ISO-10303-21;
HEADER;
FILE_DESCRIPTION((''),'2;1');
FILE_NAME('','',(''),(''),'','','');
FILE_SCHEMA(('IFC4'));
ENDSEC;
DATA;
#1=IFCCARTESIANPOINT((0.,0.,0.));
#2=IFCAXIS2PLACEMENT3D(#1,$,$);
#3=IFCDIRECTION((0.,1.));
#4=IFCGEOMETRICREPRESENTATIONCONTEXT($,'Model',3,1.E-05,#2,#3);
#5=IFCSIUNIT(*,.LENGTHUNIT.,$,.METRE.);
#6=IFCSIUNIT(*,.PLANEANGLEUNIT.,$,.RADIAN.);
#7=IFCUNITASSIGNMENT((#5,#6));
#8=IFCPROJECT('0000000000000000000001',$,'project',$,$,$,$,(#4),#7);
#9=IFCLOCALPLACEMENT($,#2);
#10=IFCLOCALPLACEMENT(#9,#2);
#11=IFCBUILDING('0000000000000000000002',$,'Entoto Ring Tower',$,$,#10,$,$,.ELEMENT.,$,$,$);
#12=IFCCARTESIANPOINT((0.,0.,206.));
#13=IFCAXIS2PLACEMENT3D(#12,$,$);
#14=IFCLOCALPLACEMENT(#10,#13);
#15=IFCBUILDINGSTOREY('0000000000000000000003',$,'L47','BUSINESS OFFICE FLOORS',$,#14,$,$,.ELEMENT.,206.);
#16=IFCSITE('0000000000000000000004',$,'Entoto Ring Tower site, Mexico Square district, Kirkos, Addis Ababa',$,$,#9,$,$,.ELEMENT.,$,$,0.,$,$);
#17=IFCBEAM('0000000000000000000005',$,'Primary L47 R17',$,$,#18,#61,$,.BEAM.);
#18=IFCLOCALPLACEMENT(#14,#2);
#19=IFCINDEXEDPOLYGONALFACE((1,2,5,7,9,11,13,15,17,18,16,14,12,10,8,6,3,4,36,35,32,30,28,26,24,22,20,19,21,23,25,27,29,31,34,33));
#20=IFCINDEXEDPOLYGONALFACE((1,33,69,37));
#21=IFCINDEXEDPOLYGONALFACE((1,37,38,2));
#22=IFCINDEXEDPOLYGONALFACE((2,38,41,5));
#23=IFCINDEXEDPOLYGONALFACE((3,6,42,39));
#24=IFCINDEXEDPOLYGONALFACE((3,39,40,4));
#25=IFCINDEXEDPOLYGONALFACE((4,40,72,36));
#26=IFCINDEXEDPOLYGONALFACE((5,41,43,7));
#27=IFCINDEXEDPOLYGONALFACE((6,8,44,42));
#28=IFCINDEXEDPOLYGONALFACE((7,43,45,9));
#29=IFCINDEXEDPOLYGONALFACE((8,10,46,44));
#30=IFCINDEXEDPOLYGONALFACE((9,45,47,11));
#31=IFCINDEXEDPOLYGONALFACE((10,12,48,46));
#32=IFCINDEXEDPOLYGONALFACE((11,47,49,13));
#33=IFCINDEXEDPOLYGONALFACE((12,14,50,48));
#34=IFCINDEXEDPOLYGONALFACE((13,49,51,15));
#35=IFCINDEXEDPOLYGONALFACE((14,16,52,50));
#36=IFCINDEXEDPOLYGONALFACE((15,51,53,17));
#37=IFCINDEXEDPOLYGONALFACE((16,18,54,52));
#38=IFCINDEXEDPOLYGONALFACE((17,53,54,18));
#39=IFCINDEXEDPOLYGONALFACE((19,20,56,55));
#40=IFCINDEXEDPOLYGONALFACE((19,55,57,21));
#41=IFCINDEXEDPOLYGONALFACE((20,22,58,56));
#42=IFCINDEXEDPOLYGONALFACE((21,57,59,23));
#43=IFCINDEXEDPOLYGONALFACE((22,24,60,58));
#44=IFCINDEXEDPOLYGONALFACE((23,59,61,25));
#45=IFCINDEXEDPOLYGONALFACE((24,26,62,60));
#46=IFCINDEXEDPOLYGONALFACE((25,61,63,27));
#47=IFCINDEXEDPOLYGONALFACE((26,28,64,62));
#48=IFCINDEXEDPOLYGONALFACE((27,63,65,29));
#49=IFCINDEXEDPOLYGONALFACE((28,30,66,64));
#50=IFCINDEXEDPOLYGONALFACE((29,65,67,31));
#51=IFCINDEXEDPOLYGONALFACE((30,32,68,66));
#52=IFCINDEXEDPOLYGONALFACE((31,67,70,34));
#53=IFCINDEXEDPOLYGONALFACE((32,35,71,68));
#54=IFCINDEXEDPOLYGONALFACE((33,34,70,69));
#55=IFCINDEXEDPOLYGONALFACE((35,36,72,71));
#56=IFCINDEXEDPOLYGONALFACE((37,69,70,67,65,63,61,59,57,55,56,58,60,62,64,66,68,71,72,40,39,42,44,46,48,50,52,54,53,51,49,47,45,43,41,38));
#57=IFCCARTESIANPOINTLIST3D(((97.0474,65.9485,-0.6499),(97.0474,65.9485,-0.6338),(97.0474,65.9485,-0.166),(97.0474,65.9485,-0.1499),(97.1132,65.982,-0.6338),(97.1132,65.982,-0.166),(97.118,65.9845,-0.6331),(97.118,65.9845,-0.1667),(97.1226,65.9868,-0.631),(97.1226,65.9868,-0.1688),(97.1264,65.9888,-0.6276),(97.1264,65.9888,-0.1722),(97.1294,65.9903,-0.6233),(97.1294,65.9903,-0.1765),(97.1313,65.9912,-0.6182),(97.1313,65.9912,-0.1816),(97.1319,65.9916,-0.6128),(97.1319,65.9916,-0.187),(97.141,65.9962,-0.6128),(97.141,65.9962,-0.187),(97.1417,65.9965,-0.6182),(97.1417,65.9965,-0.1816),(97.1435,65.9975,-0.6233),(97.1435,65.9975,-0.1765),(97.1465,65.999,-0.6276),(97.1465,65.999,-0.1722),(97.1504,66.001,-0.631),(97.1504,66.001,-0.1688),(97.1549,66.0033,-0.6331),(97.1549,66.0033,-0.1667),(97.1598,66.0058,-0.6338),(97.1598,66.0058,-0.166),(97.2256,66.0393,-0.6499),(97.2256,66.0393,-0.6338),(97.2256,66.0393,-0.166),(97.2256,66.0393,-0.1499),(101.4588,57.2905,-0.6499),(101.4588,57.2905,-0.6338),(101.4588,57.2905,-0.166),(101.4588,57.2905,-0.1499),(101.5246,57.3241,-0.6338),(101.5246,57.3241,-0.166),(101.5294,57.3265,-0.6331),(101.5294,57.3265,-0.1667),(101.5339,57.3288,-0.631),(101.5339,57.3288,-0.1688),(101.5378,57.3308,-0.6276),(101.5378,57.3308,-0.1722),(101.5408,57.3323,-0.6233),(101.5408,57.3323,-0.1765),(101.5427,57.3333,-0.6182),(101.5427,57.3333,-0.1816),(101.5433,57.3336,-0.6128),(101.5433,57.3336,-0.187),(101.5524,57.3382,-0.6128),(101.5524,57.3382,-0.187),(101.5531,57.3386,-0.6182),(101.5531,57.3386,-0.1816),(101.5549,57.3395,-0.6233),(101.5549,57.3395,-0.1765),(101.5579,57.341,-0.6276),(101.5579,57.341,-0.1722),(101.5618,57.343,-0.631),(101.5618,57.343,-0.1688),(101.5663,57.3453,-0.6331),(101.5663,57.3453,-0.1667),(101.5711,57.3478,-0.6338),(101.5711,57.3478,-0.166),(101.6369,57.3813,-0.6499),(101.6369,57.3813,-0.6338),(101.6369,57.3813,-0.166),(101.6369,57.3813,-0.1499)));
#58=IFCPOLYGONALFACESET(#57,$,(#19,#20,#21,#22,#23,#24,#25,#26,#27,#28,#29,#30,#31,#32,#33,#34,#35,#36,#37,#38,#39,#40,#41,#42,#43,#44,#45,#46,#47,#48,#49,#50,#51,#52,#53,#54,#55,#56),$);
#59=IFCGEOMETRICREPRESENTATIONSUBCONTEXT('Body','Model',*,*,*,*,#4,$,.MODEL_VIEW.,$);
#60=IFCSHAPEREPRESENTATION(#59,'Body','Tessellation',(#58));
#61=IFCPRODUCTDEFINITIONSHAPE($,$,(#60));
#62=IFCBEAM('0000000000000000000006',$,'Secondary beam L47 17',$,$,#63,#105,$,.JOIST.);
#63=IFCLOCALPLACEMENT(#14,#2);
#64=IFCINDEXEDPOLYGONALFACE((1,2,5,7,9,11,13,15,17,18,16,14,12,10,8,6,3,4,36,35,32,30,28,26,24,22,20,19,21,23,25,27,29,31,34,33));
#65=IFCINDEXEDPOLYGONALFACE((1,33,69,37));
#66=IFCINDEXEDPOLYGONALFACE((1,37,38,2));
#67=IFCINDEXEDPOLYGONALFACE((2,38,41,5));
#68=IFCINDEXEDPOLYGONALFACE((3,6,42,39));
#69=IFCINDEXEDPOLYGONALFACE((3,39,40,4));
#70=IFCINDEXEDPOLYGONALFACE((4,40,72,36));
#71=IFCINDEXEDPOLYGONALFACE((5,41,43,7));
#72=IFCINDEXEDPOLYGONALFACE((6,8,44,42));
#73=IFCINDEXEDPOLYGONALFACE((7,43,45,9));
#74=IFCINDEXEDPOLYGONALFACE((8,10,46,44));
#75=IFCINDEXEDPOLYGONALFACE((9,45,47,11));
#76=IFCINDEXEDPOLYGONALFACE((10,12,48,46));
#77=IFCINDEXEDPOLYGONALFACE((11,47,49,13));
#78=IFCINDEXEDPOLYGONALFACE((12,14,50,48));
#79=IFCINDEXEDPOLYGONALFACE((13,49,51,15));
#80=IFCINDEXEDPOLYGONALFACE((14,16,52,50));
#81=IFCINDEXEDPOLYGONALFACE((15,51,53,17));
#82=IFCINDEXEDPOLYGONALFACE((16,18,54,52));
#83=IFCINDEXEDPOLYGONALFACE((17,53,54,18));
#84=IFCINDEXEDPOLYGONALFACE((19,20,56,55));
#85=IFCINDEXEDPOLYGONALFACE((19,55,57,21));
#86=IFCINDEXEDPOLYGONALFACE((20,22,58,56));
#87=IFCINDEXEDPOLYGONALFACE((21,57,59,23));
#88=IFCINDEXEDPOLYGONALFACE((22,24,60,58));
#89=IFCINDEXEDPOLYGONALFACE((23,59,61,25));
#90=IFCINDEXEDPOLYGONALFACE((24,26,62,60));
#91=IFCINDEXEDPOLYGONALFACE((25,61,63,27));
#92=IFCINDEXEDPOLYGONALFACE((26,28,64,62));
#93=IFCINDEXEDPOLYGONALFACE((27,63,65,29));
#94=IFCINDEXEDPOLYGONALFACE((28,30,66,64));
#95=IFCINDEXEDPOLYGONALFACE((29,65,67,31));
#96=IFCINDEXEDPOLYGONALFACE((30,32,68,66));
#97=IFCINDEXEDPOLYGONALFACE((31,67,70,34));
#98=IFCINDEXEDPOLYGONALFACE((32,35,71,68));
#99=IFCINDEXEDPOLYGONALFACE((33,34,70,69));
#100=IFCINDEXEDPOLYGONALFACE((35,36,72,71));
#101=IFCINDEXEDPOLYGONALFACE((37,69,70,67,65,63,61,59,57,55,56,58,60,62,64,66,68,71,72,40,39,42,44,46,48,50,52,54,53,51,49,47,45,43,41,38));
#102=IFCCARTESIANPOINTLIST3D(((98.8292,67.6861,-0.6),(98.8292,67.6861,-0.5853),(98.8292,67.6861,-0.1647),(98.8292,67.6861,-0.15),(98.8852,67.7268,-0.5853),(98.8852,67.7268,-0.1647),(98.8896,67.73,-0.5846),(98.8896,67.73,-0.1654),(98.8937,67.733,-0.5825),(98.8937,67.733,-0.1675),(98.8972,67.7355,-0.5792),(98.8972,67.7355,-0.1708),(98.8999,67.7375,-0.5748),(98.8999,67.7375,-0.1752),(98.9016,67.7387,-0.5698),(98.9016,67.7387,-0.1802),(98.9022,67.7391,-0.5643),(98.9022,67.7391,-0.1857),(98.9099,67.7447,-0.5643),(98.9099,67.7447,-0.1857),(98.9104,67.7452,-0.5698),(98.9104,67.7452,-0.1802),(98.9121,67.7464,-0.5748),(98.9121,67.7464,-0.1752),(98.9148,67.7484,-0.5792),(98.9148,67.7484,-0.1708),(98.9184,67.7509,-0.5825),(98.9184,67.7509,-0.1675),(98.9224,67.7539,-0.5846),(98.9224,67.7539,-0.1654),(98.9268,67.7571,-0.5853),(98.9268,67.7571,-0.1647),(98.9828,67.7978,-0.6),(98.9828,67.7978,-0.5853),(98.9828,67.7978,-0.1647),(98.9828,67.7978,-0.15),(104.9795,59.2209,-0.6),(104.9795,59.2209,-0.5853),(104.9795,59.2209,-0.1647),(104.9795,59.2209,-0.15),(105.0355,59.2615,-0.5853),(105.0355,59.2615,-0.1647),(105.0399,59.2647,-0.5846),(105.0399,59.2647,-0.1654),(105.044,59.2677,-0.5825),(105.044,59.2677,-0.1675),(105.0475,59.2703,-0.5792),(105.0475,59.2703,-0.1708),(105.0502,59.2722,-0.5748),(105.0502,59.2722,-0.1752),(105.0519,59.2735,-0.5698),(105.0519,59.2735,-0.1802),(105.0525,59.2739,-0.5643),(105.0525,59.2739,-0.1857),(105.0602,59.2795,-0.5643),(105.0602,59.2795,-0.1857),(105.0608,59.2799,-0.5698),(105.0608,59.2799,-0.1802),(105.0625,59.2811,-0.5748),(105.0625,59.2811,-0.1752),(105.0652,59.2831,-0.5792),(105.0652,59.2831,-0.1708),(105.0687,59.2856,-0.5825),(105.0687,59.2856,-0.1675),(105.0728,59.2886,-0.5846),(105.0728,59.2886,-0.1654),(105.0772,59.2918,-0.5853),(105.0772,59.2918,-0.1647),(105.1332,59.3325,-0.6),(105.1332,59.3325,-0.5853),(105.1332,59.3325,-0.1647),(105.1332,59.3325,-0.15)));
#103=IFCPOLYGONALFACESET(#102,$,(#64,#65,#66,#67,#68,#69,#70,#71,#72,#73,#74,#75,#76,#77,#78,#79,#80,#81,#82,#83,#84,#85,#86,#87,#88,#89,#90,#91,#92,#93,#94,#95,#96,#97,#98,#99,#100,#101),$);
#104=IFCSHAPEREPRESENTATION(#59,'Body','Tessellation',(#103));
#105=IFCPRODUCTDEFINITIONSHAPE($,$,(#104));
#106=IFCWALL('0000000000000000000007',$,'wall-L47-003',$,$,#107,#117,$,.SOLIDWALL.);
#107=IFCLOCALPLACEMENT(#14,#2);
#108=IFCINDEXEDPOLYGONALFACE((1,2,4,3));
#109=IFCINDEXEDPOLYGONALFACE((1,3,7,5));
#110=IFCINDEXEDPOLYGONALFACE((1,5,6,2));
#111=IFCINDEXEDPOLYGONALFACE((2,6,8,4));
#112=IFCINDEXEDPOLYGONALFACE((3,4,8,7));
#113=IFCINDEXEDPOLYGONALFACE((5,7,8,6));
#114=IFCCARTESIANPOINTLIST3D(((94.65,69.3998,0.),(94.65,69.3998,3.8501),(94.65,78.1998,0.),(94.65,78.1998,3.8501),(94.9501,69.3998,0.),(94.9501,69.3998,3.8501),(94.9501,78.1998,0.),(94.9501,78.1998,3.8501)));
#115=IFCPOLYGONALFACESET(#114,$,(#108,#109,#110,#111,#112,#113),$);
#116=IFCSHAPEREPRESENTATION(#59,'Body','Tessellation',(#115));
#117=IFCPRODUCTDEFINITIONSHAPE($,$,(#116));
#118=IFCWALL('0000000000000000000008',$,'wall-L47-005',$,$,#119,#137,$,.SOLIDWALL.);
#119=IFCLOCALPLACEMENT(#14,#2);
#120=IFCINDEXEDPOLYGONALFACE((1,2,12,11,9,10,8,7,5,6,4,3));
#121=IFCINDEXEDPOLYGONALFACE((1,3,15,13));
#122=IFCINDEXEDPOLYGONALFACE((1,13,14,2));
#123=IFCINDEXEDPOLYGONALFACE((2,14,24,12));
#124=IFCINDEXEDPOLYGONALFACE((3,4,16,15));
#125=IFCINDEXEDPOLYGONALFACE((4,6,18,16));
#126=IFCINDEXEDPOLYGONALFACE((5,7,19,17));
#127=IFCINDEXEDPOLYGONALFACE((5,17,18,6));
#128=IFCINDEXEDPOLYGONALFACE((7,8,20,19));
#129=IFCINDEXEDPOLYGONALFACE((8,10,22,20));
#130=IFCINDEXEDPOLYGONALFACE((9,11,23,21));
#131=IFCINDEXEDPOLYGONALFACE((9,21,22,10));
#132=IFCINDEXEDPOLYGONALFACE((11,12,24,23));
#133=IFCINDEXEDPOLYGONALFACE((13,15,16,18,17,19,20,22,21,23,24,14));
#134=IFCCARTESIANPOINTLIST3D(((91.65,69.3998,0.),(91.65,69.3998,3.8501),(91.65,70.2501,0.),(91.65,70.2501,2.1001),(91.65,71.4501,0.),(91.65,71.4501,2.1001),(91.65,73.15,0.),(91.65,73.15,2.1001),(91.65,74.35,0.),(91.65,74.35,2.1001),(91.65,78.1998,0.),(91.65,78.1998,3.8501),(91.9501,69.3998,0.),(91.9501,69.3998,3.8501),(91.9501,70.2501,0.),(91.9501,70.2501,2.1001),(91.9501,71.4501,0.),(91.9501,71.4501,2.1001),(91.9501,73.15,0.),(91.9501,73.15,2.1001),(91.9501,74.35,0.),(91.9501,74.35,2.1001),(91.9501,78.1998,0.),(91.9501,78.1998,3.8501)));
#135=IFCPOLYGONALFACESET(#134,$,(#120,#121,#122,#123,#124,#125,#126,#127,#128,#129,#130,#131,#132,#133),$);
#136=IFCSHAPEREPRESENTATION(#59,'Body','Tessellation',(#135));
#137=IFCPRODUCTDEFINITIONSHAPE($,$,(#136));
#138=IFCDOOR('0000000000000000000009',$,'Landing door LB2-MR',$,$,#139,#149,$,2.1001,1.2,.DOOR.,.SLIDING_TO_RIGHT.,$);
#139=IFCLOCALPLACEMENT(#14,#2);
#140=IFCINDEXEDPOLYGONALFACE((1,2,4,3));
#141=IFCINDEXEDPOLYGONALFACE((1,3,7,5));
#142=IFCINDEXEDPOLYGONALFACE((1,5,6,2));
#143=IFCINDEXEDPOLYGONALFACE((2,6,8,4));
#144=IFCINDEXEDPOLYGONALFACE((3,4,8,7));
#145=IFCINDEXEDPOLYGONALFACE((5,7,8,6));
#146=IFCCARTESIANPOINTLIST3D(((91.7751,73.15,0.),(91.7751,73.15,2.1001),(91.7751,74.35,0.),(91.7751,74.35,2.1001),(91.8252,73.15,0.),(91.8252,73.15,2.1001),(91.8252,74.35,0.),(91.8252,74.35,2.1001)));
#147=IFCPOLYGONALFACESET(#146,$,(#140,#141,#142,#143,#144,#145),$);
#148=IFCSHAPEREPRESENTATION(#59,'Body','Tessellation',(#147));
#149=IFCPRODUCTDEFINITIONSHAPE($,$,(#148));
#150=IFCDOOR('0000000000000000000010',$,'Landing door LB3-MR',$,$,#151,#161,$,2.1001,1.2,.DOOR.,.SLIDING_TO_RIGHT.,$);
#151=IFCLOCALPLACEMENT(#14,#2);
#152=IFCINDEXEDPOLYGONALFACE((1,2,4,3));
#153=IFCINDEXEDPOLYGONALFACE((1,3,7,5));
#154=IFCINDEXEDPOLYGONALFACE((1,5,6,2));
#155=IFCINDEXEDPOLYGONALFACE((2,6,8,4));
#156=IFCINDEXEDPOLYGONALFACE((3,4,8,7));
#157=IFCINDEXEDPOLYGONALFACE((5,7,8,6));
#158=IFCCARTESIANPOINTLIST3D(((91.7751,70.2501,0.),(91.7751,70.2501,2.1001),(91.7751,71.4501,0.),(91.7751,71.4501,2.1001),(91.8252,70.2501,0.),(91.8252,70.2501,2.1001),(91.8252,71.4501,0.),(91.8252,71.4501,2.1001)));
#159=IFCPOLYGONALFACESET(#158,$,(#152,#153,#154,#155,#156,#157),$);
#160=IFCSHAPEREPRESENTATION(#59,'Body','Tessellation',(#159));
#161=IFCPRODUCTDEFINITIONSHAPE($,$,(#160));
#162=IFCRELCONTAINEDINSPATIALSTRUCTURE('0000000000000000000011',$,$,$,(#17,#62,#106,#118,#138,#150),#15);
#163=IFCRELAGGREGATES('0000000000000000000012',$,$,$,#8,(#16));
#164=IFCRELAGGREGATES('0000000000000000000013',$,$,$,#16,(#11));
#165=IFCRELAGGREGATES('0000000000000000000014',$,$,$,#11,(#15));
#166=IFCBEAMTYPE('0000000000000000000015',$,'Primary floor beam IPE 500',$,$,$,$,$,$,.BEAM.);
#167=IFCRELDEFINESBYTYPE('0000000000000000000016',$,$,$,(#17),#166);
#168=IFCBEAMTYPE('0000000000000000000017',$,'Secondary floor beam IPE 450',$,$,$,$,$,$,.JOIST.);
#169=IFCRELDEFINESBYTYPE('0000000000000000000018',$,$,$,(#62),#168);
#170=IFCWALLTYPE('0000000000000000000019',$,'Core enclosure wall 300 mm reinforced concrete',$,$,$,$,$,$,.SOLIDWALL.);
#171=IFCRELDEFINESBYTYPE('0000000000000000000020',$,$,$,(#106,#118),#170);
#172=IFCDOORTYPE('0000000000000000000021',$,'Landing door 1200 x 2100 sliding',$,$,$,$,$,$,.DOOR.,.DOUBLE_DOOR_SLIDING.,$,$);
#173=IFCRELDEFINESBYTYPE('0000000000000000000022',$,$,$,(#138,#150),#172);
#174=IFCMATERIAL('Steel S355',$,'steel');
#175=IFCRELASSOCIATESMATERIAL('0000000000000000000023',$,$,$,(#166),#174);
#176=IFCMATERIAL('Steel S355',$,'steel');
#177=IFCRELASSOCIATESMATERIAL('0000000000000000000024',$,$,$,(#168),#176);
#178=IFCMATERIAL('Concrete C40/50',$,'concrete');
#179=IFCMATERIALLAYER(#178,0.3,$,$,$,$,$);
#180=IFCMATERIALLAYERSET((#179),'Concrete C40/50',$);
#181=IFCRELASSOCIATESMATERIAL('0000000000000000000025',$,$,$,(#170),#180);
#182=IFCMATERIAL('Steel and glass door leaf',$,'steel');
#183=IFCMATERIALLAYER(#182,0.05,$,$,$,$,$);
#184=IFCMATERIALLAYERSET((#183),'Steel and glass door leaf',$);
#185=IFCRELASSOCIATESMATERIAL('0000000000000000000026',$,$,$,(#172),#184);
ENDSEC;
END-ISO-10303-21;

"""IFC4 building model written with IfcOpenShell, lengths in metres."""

from ifc_helpers import new_model, si_unit, direction, frame, frame_2d, origin, origin_2d, place, context, subcontext, project, spatial, rectangle, i_section, extrude, material, layer, layer_set, material_profile, profile_set, type_object, element, fill, save


model = new_model("IFC4")

# Units and contexts
model_context = context("Model", 3, precision=1e-05, world=origin(), true_north=direction((0.0, 1.0)))
body_context = subcontext(model_context, "Body", "Model", "MODEL_VIEW")
ifc_project = project(units=[si_unit("LENGTHUNIT", "METRE"), si_unit("PLANEANGLEUNIT", "RADIAN")], contexts=[model_context])

# Site, building, storey
site_placement = place(None, origin())
site = spatial("IfcSite", under=ifc_project, at=site_placement, Name="Entoto Ring Tower site, Mexico Square district, Kirkos, Addis Ababa", CompositionType="ELEMENT", RefElevation=0.0)
building_placement = place(site_placement, origin())
building = spatial("IfcBuilding", under=site, at=building_placement, Name="Entoto Ring Tower", CompositionType="ELEMENT")
storey_placement = place(building_placement, frame((0.0, 0.0, 206.0)))
storey = spatial("IfcBuildingStorey", under=building, at=storey_placement, Name="L47", Description="BUSINESS OFFICE FLOORS", CompositionType="ELEMENT", Elevation=206.0)

# Beams
ifc_material_1 = material(Name="Steel S355", Category="steel")
ifc_material_profile_1 = material_profile(ifc_material_1, i_section(OverallWidth=0.2, OverallDepth=0.5, WebThickness=0.0103, FlangeThickness=0.0161, FilletRadius=0.021, at=origin_2d()), Name="IPE 500")
ifc_profile_set_1 = profile_set([ifc_material_profile_1], Name="Steel S355")
beam_type_1 = type_object("IfcBeamType", Name="Primary floor beam IPE 500", PredefinedType="BEAM", material=ifc_profile_set_1)
beam_1_placement = place(storey_placement, frame((97.1365, 65.9939, -0.3999), z_axis=(0.453984, -0.89101, 0.0), x_axis=(0.89101, 0.453984, 0.0)))
element("IfcBeam", 1, at=beam_1_placement, inside=storey, type_object=beam_type_1, Name="Primary L47 R17", PredefinedType="BEAM", context=body_context, shape_type="SweptSolid", body=[
    extrude(i_section(OverallWidth=0.2, OverallDepth=0.5, WebThickness=0.0103, FlangeThickness=0.0161, FilletRadius=0.021, at=origin_2d()), origin(), (0.0, 0.0, 1.0), 9.717),
])
ifc_material_2 = material(Name="Steel S355", Category="steel")
ifc_material_profile_2 = material_profile(ifc_material_2, i_section(OverallWidth=0.1899, OverallDepth=0.45, WebThickness=0.0095, FlangeThickness=0.0146, FilletRadius=0.021, at=origin_2d()), Name="IPE 450")
ifc_profile_set_2 = profile_set([ifc_material_profile_2], Name="Steel S355")
beam_type_2 = type_object("IfcBeamType", Name="Secondary floor beam IPE 450", PredefinedType="JOIST", material=ifc_profile_set_2)
beam_2_placement = place(storey_placement, frame((98.906, 67.7419, -0.375), z_axis=(0.587783, -0.809018, 0.0), x_axis=(0.809018, 0.587783, 0.0)))
element("IfcBeam", 2, at=beam_2_placement, inside=storey, type_object=beam_type_2, Name="Secondary beam L47 17", PredefinedType="JOIST", context=body_context, shape_type="SweptSolid", body=[
    extrude(i_section(OverallWidth=0.1899, OverallDepth=0.45, WebThickness=0.0095, FlangeThickness=0.0146, FilletRadius=0.021, at=origin_2d()), origin(), (0.0, 0.0, 1.0), 10.4636),
])

# Wall
ifc_material_3 = material(Name="Concrete C40/50", Category="concrete")
ifc_layer_1 = layer(ifc_material_3, 0.3)
ifc_layer_set_1 = layer_set([ifc_layer_1], Name="Concrete C40/50")
wall_type = type_object("IfcWallType", Name="Core enclosure wall 300 mm reinforced concrete", PredefinedType="SOLIDWALL", material=ifc_layer_set_1)
wall_1_placement = place(storey_placement, frame((94.8, 69.3999, 0.0), z_axis=(0.0, 0.0, 1.0), x_axis=(0.0, 1.0, 0.0)))
element("IfcWall", 3, at=wall_1_placement, inside=storey, type_object=wall_type, Name="wall-L47-003", PredefinedType="SOLIDWALL", context=body_context, shape_type="SweptSolid", body=[
    extrude(rectangle(XDim=8.8, YDim=0.3, at=frame_2d((4.3999, 0.0))), origin(), (0.0, 0.0, 1.0), 3.8501),
])

# Wall, openings, doors
wall_2_placement = place(storey_placement, frame((91.8, 69.3999, 0.0), z_axis=(0.0, 0.0, 1.0), x_axis=(0.0, 1.0, 0.0)))
wall_2 = element("IfcWall", 4, at=wall_2_placement, inside=storey, type_object=wall_type, Name="wall-L47-005", PredefinedType="SOLIDWALL", context=body_context, shape_type="SweptSolid", body=[
    extrude(rectangle(XDim=8.8, YDim=0.3, at=frame_2d((4.3999, 0.0))), origin(), (0.0, 0.0, 1.0), 3.8501),
])
opening_1_placement = place(wall_2_placement, frame((3.75, 0.0, 0.0)))
opening_1 = element("IfcOpeningElement", 5, at=opening_1_placement, cuts=wall_2, PredefinedType="OPENING", context=body_context, shape_type="SweptSolid", body=[
    extrude(rectangle(XDim=1.2, YDim=2.1001, at=frame_2d((0.6001, 1.05))), frame((0.0, 0.1602, 0.0), z_axis=(0.0, -1.0, 0.0), x_axis=(1.0, 0.0, 0.0)), (0.0, 0.0, 1.0), 0.3201),
])
opening_2_placement = place(wall_2_placement, frame((0.8501, 0.0, 0.0)))
opening_2 = element("IfcOpeningElement", 6, at=opening_2_placement, cuts=wall_2, PredefinedType="OPENING", context=body_context, shape_type="SweptSolid", body=[
    extrude(rectangle(XDim=1.2, YDim=2.1001, at=frame_2d((0.6001, 1.05))), frame((0.0, 0.1602, 0.0), z_axis=(0.0, -1.0, 0.0), x_axis=(1.0, 0.0, 0.0)), (0.0, 0.0, 1.0), 0.3201),
])
ifc_material_4 = material(Name="Steel and glass door leaf", Category="steel")
ifc_layer_2 = layer(ifc_material_4, 0.05)
ifc_layer_set_2 = layer_set([ifc_layer_2], Name="Steel and glass door leaf")
door_type_1 = type_object("IfcDoorType", Name="Landing door 1200 x 2100 sliding", OperationType="DOUBLE_DOOR_SLIDING", PredefinedType="DOOR", material=ifc_layer_set_2)
door_1_placement = place(opening_1_placement, origin())
door_1 = element("IfcDoor", 7, at=door_1_placement, inside=storey, type_object=door_type_1, Name="Landing door LB2-MR", OperationType="SLIDING_TO_RIGHT", OverallHeight=2.1001, OverallWidth=1.2, PredefinedType="DOOR", context=body_context, shape_type="SweptSolid", body=[
    extrude(rectangle(XDim=1.2, YDim=2.1001, at=frame_2d((0.6001, 1.05))), frame((0.0, 0.0249, 0.0), z_axis=(0.0, -1.0, 0.0), x_axis=(1.0, 0.0, 0.0)), (0.0, 0.0, 1.0), 0.05),
])
fill(opening_1, door_1)
door_2_placement = place(opening_2_placement, origin())
door_2 = element("IfcDoor", 8, at=door_2_placement, inside=storey, type_object=door_type_1, Name="Landing door LB3-MR", OperationType="SLIDING_TO_RIGHT", OverallHeight=2.1001, OverallWidth=1.2, PredefinedType="DOOR", context=body_context, shape_type="SweptSolid", body=[
    extrude(rectangle(XDim=1.2, YDim=2.1001, at=frame_2d((0.6001, 1.05))), frame((0.0, 0.0249, 0.0), z_axis=(0.0, -1.0, 0.0), x_axis=(1.0, 0.0, 0.0)), (0.0, 0.0, 1.0), 0.05),
])
fill(opening_2, door_2)

save(model, "model.ifc")
